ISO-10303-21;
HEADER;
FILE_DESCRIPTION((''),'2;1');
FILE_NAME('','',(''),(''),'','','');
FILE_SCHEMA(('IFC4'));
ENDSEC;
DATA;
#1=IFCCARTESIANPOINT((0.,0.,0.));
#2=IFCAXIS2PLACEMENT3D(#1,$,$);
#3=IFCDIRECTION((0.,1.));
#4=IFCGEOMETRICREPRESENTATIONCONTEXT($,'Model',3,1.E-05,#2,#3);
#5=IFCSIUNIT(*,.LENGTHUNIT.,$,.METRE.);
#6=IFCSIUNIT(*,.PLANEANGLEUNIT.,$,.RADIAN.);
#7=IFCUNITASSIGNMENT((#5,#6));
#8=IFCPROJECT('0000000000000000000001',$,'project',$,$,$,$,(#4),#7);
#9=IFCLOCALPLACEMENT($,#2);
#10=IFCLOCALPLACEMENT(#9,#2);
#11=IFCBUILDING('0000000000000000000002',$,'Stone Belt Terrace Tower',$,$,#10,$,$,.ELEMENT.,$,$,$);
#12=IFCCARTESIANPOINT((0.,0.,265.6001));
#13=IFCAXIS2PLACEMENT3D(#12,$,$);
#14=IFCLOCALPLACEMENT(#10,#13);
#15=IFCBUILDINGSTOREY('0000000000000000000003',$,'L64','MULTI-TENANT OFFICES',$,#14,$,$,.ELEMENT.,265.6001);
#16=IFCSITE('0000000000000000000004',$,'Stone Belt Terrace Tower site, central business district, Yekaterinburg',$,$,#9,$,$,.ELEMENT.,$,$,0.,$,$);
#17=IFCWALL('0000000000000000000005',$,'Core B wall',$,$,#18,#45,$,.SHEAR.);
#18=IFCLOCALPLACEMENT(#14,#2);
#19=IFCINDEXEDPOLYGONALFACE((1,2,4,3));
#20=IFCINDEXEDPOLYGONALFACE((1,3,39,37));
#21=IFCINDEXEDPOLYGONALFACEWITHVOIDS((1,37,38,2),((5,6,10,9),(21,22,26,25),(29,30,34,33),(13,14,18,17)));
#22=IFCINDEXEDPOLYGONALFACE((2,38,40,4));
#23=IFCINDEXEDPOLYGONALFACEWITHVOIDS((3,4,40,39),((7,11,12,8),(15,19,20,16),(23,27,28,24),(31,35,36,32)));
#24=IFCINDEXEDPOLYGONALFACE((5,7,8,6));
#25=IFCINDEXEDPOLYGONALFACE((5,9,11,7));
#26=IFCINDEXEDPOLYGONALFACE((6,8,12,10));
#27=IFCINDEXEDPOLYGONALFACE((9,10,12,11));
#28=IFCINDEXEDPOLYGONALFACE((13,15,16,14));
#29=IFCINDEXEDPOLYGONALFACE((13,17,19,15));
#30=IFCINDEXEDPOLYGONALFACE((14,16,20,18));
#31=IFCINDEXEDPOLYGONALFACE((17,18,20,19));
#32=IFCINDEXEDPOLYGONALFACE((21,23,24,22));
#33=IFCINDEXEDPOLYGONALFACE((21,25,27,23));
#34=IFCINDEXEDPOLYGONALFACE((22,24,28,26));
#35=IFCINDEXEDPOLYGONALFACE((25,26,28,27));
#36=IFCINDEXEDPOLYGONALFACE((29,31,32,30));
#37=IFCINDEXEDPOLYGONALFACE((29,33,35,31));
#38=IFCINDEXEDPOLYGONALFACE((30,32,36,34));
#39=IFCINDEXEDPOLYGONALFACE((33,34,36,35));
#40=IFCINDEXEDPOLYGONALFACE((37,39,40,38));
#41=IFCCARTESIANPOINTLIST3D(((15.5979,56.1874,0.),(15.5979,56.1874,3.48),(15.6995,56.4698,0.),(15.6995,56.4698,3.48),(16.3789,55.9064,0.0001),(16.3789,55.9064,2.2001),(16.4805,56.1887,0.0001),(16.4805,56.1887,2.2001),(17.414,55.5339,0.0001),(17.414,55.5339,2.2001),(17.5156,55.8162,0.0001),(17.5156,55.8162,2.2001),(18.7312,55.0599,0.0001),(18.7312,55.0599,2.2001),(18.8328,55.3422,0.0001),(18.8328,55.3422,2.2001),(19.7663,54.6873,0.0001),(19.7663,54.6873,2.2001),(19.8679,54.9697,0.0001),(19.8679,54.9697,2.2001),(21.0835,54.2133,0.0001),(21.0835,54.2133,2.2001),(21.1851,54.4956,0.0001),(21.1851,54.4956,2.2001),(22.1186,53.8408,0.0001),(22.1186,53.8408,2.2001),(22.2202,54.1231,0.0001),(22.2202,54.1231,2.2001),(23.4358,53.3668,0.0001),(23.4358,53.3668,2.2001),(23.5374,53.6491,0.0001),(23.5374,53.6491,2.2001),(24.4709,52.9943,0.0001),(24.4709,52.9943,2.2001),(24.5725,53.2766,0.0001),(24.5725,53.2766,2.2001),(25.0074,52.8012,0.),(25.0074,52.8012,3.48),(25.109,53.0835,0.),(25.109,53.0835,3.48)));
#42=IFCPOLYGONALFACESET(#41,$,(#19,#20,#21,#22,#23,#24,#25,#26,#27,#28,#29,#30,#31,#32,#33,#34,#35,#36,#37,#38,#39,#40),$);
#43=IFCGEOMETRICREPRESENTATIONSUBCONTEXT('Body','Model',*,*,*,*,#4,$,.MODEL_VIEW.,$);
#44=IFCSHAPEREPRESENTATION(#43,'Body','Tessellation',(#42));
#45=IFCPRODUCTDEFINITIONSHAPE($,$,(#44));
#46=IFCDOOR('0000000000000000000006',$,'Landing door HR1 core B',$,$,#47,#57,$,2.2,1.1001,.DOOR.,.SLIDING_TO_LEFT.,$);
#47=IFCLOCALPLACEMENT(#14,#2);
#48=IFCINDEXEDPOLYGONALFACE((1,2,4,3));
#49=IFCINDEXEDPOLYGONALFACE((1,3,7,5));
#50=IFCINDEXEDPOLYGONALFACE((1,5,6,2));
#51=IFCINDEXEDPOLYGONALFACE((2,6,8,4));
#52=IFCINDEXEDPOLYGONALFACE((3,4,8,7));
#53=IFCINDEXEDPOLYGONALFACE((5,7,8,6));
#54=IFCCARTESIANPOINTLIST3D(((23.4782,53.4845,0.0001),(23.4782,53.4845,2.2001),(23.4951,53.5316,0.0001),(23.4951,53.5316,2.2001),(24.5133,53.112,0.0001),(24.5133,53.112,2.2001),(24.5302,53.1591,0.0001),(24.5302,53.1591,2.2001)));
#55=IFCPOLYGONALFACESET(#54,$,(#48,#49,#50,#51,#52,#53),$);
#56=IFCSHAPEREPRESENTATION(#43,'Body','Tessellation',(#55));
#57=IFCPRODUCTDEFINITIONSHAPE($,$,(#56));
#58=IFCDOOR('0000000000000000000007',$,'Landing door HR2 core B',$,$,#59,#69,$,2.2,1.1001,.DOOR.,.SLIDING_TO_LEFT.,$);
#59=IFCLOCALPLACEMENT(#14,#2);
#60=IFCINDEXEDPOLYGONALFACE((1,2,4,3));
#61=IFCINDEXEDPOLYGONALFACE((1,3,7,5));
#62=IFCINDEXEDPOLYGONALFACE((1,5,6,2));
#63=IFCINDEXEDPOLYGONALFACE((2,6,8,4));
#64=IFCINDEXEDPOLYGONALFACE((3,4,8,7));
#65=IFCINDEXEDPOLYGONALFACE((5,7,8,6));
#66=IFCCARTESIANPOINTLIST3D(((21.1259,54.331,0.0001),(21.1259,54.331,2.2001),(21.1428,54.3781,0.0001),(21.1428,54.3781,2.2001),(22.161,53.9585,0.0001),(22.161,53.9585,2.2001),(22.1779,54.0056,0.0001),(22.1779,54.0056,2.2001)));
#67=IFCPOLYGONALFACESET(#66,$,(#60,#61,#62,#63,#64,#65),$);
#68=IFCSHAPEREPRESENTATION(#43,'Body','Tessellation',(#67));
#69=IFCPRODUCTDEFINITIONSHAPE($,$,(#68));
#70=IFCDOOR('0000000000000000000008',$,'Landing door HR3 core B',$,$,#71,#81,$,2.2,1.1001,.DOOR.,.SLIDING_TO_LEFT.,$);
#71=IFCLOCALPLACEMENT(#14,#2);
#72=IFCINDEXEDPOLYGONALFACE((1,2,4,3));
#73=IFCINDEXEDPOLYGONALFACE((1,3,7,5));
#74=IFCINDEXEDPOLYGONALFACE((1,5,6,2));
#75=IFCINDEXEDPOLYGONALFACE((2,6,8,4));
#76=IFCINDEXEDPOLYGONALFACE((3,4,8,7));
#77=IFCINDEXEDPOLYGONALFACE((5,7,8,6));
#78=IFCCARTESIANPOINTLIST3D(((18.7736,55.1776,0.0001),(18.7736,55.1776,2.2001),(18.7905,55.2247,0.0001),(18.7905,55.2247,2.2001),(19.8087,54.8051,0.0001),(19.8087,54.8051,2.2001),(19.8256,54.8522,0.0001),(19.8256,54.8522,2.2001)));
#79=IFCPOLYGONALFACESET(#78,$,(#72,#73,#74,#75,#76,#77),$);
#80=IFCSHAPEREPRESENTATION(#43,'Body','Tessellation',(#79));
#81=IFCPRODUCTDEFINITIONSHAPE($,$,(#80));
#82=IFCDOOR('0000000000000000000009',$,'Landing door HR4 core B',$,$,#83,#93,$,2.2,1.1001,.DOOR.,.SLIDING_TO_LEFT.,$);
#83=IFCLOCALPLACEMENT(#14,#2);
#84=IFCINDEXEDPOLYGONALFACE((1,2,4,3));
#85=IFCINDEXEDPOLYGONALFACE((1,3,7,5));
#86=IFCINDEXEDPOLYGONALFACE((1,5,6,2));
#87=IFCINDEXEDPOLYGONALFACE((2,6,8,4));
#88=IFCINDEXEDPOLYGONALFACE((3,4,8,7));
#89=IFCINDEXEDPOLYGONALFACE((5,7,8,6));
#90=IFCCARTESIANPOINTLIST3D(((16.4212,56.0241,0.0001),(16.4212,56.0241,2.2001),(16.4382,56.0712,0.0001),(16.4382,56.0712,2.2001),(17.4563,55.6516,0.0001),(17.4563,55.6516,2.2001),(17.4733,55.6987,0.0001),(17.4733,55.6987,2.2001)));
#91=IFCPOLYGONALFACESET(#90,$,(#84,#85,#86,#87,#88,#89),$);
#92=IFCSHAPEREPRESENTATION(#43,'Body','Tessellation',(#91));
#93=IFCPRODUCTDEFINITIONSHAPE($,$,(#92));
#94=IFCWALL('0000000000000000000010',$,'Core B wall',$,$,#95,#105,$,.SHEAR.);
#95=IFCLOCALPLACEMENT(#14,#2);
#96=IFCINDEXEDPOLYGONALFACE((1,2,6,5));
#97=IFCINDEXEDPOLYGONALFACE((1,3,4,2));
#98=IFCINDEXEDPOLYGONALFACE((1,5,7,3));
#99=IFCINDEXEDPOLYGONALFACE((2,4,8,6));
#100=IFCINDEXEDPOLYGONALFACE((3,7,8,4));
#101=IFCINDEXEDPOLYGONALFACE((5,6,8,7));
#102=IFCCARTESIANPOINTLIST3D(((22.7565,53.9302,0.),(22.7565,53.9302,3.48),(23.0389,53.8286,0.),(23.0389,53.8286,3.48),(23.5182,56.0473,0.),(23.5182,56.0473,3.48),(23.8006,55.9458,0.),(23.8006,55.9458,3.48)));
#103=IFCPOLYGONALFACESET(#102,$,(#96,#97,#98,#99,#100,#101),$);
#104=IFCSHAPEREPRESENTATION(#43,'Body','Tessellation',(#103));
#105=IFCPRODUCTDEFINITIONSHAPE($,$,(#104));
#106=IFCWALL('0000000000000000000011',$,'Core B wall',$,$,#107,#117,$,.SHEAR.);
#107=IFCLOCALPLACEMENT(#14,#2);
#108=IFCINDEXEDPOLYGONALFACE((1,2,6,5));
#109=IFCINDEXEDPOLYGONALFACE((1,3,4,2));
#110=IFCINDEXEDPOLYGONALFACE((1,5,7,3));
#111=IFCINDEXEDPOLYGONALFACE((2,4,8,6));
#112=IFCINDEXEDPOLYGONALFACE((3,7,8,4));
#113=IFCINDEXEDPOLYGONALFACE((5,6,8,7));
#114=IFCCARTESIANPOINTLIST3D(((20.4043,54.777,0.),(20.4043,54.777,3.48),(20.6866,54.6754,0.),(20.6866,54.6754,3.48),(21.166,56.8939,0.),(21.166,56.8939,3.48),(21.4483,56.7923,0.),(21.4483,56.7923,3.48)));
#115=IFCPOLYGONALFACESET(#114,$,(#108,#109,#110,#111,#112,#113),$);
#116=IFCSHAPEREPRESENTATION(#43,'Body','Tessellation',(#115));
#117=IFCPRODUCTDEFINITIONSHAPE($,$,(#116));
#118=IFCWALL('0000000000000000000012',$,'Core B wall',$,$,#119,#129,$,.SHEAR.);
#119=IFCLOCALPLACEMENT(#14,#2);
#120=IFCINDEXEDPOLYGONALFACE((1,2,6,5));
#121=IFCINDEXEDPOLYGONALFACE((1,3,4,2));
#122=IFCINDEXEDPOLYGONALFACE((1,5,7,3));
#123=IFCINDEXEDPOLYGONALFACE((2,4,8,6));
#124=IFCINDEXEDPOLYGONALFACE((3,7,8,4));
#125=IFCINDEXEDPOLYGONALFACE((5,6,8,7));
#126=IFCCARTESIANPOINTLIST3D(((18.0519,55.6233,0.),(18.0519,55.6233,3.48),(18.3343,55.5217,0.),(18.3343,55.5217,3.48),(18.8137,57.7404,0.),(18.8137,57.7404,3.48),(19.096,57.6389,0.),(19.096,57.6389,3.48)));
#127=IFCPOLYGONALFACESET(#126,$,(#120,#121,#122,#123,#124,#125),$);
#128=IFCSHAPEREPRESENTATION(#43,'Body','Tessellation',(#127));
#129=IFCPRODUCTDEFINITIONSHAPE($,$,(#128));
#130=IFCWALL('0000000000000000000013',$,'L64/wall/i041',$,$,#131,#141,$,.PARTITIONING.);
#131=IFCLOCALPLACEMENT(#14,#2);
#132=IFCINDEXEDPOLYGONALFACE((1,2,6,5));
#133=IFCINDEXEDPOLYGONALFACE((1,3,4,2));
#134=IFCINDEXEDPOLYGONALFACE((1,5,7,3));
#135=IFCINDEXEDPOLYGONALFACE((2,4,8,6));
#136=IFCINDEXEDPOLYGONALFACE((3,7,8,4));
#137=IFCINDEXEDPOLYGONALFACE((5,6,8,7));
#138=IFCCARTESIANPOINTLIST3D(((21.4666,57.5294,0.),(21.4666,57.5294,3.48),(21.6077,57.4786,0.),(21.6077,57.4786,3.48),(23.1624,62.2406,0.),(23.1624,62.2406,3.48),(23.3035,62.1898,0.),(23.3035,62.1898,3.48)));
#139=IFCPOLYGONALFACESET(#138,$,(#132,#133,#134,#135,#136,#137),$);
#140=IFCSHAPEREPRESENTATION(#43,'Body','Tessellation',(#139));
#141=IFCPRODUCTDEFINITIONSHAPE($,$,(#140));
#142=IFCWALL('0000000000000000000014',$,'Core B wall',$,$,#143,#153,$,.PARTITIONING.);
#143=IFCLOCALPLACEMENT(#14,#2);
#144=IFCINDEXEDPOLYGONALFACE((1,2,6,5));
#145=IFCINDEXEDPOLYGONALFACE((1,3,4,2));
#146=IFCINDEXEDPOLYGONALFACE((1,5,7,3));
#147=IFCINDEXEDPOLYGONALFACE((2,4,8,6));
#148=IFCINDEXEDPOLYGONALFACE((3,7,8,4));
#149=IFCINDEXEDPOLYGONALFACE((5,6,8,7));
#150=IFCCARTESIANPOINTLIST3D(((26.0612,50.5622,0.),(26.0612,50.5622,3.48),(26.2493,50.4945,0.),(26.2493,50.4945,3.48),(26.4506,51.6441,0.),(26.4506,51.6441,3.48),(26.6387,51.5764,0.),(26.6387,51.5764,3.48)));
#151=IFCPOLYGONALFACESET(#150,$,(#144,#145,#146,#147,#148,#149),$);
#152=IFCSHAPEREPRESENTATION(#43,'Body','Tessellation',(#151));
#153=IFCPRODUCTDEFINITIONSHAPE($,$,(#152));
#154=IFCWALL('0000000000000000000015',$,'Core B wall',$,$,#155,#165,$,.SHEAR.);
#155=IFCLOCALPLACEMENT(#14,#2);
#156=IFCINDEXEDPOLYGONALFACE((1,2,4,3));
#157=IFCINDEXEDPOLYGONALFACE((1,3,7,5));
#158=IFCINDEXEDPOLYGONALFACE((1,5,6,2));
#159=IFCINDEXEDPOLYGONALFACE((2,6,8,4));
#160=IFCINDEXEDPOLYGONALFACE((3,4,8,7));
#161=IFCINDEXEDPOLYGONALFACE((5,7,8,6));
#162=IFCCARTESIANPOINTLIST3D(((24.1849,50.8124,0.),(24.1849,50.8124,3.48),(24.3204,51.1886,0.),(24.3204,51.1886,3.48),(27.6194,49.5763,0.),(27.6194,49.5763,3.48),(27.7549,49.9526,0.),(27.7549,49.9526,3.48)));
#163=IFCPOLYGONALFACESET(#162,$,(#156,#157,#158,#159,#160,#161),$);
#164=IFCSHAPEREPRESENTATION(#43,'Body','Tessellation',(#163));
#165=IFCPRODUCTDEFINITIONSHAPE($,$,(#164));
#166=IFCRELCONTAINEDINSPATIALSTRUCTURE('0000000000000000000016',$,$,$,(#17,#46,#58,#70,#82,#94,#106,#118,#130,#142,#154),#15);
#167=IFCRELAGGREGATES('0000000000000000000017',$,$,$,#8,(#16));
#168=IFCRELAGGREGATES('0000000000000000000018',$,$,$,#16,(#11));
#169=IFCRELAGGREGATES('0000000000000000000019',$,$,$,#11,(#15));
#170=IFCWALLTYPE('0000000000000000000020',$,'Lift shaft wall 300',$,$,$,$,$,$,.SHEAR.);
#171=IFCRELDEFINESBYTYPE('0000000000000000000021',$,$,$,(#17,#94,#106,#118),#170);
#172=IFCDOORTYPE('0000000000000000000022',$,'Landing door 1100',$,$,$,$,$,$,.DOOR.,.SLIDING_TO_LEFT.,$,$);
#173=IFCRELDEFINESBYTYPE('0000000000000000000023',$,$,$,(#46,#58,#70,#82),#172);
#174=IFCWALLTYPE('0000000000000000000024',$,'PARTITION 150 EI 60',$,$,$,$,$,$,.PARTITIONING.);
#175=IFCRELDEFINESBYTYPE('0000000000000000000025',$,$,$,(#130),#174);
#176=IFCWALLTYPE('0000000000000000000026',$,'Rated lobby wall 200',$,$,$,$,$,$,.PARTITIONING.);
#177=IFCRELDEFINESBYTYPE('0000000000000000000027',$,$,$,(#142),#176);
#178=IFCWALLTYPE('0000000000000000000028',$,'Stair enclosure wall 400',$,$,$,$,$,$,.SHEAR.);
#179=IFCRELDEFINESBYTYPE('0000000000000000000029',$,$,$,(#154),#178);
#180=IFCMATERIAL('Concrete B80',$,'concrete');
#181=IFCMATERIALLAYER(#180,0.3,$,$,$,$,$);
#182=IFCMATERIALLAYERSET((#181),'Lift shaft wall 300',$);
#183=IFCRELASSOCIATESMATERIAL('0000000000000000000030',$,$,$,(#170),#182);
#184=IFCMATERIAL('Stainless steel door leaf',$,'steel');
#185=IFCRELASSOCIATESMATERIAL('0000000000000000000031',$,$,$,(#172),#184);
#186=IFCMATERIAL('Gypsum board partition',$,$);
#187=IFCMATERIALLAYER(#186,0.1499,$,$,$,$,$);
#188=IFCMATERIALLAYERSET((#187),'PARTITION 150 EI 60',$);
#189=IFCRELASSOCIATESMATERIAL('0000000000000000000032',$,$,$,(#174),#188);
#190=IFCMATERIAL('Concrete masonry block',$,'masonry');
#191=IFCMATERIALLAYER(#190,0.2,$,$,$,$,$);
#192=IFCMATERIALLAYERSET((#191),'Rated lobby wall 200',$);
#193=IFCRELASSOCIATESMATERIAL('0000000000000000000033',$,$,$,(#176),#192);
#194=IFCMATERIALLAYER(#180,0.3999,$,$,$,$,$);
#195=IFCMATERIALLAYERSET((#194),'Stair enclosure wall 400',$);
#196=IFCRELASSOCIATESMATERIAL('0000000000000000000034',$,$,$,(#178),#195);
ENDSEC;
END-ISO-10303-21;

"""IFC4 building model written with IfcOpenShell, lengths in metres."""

from ifc_helpers import new_model, si_unit, direction, frame, frame_2d, origin, place, context, subcontext, project, spatial, rectangle, extrude, material, layer, layer_set, type_object, element, fill, save


model = new_model("IFC4")

# Units and contexts
model_context = context("Model", 3, precision=1e-05, world=origin(), true_north=direction((0.0, 1.0)))
body_context = subcontext(model_context, "Body", "Model", "MODEL_VIEW")
ifc_project = project(units=[si_unit("LENGTHUNIT", "METRE"), si_unit("PLANEANGLEUNIT", "RADIAN")], contexts=[model_context])

# Site, building, storey
site_placement = place(None, origin())
site = spatial("IfcSite", under=ifc_project, at=site_placement, Name="Stone Belt Terrace Tower site, central business district, Yekaterinburg", CompositionType="ELEMENT", RefElevation=0.0)
building_placement = place(site_placement, origin())
building = spatial("IfcBuilding", under=site, at=building_placement, Name="Stone Belt Terrace Tower", CompositionType="ELEMENT")
storey_placement = place(building_placement, frame((0.0, 0.0, 265.6001)))
storey = spatial("IfcBuildingStorey", under=building, at=storey_placement, Name="L64", Description="MULTI-TENANT OFFICES", CompositionType="ELEMENT", Elevation=265.6001)

# Shared definitions
ifc_material_1 = material(Name="Concrete B80", Category="concrete")
ifc_layer_1 = layer(ifc_material_1, 0.3)
ifc_layer_set_1 = layer_set([ifc_layer_1], Name="Lift shaft wall 300")
wall_type_1 = type_object("IfcWallType", Name="Lift shaft wall 300", PredefinedType="SHEAR", material=ifc_layer_set_1)

# Wall, openings, doors
wall_1_placement = place(storey_placement, frame((25.0581, 52.9424, 0.0), z_axis=(0.0, 0.0, 1.0), x_axis=(-0.940924, 0.338617, 0.0)))
wall_1 = element("IfcWall", 1, at=wall_1_placement, inside=storey, type_object=wall_type_1, Name="Core B wall", PredefinedType="SHEAR", context=body_context, shape_type="SweptSolid", body=[
    extrude(rectangle(XDim=10.0002, YDim=0.3, at=frame_2d((5.0, 0.0))), origin(), (0.0, 0.0, 1.0), 3.48),
])
opening_1_placement = place(wall_1_placement, frame((0.5701, 0.0, 0.0)))
opening_1 = element("IfcOpeningElement", 2, at=opening_1_placement, cuts=wall_1, PredefinedType="OPENING", context=body_context, shape_type="SweptSolid", body=[
    extrude(rectangle(XDim=1.1001, YDim=2.2, at=frame_2d((0.55, 1.1001))), frame((0.0, 0.1599, 0.0), z_axis=(0.0, -1.0, 0.0), x_axis=(1.0, 0.0, 0.0)), (0.0, 0.0, 1.0), 0.3201),
])
opening_2_placement = place(wall_1_placement, frame((3.0701, 0.0, 0.0)))
opening_2 = element("IfcOpeningElement", 3, at=opening_2_placement, cuts=wall_1, PredefinedType="OPENING", context=body_context, shape_type="SweptSolid", body=[
    extrude(rectangle(XDim=1.1001, YDim=2.2, at=frame_2d((0.55, 1.1001))), frame((0.0, 0.1599, 0.0), z_axis=(0.0, -1.0, 0.0), x_axis=(1.0, 0.0, 0.0)), (0.0, 0.0, 1.0), 0.3201),
])
opening_3_placement = place(wall_1_placement, frame((5.5701, 0.0, 0.0)))
opening_3 = element("IfcOpeningElement", 4, at=opening_3_placement, cuts=wall_1, PredefinedType="OPENING", context=body_context, shape_type="SweptSolid", body=[
    extrude(rectangle(XDim=1.1001, YDim=2.2, at=frame_2d((0.55, 1.1001))), frame((0.0, 0.1599, 0.0), z_axis=(0.0, -1.0, 0.0), x_axis=(1.0, 0.0, 0.0)), (0.0, 0.0, 1.0), 0.3201),
])
opening_4_placement = place(wall_1_placement, frame((8.0701, 0.0, 0.0)))
opening_4 = element("IfcOpeningElement", 5, at=opening_4_placement, cuts=wall_1, PredefinedType="OPENING", context=body_context, shape_type="SweptSolid", body=[
    extrude(rectangle(XDim=1.1001, YDim=2.2, at=frame_2d((0.55, 1.1001))), frame((0.0, 0.1599, 0.0), z_axis=(0.0, -1.0, 0.0), x_axis=(1.0, 0.0, 0.0)), (0.0, 0.0, 1.0), 0.3201),
])
ifc_material_2 = material(Name="Stainless steel door leaf", Category="steel")
door_type_1 = type_object("IfcDoorType", Name="Landing door 1100", OperationType="SLIDING_TO_LEFT", PredefinedType="DOOR", material=ifc_material_2)
door_1_placement = place(opening_1_placement, origin())
door_1 = element("IfcDoor", 6, at=door_1_placement, inside=storey, type_object=door_type_1, Name="Landing door HR1 core B", OperationType="SLIDING_TO_LEFT", OverallHeight=2.2, OverallWidth=1.1001, PredefinedType="DOOR", context=body_context, shape_type="SweptSolid", body=[
    extrude(rectangle(XDim=1.1001, YDim=2.2, at=frame_2d((0.55, 1.1001))), frame((0.0, 0.0249, 0.0), z_axis=(0.0, -1.0, 0.0), x_axis=(1.0, 0.0, 0.0)), (0.0, 0.0, 1.0), 0.05),
])
fill(opening_1, door_1)
door_2_placement = place(opening_2_placement, origin())
door_2 = element("IfcDoor", 7, at=door_2_placement, inside=storey, type_object=door_type_1, Name="Landing door HR2 core B", OperationType="SLIDING_TO_LEFT", OverallHeight=2.2, OverallWidth=1.1001, PredefinedType="DOOR", context=body_context, shape_type="SweptSolid", body=[
    extrude(rectangle(XDim=1.1001, YDim=2.2, at=frame_2d((0.55, 1.1001))), frame((0.0, 0.0249, 0.0), z_axis=(0.0, -1.0, 0.0), x_axis=(1.0, 0.0, 0.0)), (0.0, 0.0, 1.0), 0.05),
])
fill(opening_2, door_2)
door_3_placement = place(opening_3_placement, origin())
door_3 = element("IfcDoor", 8, at=door_3_placement, inside=storey, type_object=door_type_1, Name="Landing door HR3 core B", OperationType="SLIDING_TO_LEFT", OverallHeight=2.2, OverallWidth=1.1001, PredefinedType="DOOR", context=body_context, shape_type="SweptSolid", body=[
    extrude(rectangle(XDim=1.1001, YDim=2.2, at=frame_2d((0.55, 1.1001))), frame((0.0, 0.0249, 0.0), z_axis=(0.0, -1.0, 0.0), x_axis=(1.0, 0.0, 0.0)), (0.0, 0.0, 1.0), 0.05),
])
fill(opening_3, door_3)
door_4_placement = place(opening_4_placement, origin())
door_4 = element("IfcDoor", 9, at=door_4_placement, inside=storey, type_object=door_type_1, Name="Landing door HR4 core B", OperationType="SLIDING_TO_LEFT", OverallHeight=2.2, OverallWidth=1.1001, PredefinedType="DOOR", context=body_context, shape_type="SweptSolid", body=[
    extrude(rectangle(XDim=1.1001, YDim=2.2, at=frame_2d((0.55, 1.1001))), frame((0.0, 0.0249, 0.0), z_axis=(0.0, -1.0, 0.0), x_axis=(1.0, 0.0, 0.0)), (0.0, 0.0, 1.0), 0.05),
])
fill(opening_4, door_4)

# Walls
wall_2_placement = place(storey_placement, frame((22.8977, 53.8794, 0.0), z_axis=(0.0, 0.0, 1.0), x_axis=(0.338535, 0.940954, 0.0)))
element("IfcWall", 10, at=wall_2_placement, inside=storey, type_object=wall_type_1, Name="Core B wall", PredefinedType="SHEAR", context=body_context, shape_type="SweptSolid", body=[
    extrude(rectangle(XDim=2.25, YDim=0.3, at=frame_2d((1.125, 0.0))), origin(), (0.0, 0.0, 1.0), 3.48),
])
wall_3_placement = place(storey_placement, frame((20.5454, 54.7261, 0.0), z_axis=(0.0, 0.0, 1.0), x_axis=(0.33857, 0.940941, 0.0)))
element("IfcWall", 11, at=wall_3_placement, inside=storey, type_object=wall_type_1, Name="Core B wall", PredefinedType="SHEAR", context=body_context, shape_type="SweptSolid", body=[
    extrude(rectangle(XDim=2.2498, YDim=0.3, at=frame_2d((1.125, 0.0))), origin(), (0.0, 0.0, 1.0), 3.48),
])
wall_4_placement = place(storey_placement, frame((18.1931, 55.5725, 0.0), z_axis=(0.0, 0.0, 1.0), x_axis=(0.338535, 0.940954, 0.0)))
element("IfcWall", 12, at=wall_4_placement, inside=storey, type_object=wall_type_1, Name="Core B wall", PredefinedType="SHEAR", context=body_context, shape_type="SweptSolid", body=[
    extrude(rectangle(XDim=2.25, YDim=0.3, at=frame_2d((1.125, 0.0))), origin(), (0.0, 0.0, 1.0), 3.48),
])
ifc_material_3 = material(Name="Gypsum board partition")
ifc_layer_2 = layer(ifc_material_3, 0.1499)
ifc_layer_set_2 = layer_set([ifc_layer_2], Name="PARTITION 150 EI 60")
wall_type_2 = type_object("IfcWallType", Name="PARTITION 150 EI 60", PredefinedType="PARTITIONING", material=ifc_layer_set_2)
wall_5_placement = place(storey_placement, frame((23.2329, 62.2151, 0.0), z_axis=(0.0, 0.0, 1.0), x_axis=(-0.33868, -0.940902, 0.0)))
element("IfcWall", 13, at=wall_5_placement, inside=storey, type_object=wall_type_2, Name="L64/wall/i041", PredefinedType="PARTITIONING", context=body_context, shape_type="SweptSolid", body=[
    extrude(rectangle(XDim=5.0071, YDim=0.1499, at=frame_2d((2.5034, 0.0))), origin(), (0.0, 0.0, 1.0), 3.48),
])
ifc_material_4 = material(Name="Concrete masonry block", Category="masonry")
ifc_layer_3 = layer(ifc_material_4, 0.2)
ifc_layer_set_3 = layer_set([ifc_layer_3], Name="Rated lobby wall 200")
wall_type_3 = type_object("IfcWallType", Name="Rated lobby wall 200", PredefinedType="PARTITIONING", material=ifc_layer_set_3)
wall_6_placement = place(storey_placement, frame((26.1553, 50.5283, 0.0), z_axis=(0.0, 0.0, 1.0), x_axis=(0.338622, 0.940923, 0.0)))
element("IfcWall", 14, at=wall_6_placement, inside=storey, type_object=wall_type_3, Name="Core B wall", PredefinedType="PARTITIONING", context=body_context, shape_type="SweptSolid", body=[
    extrude(rectangle(XDim=1.1499, YDim=0.2, at=frame_2d((0.575, 0.0))), origin(), (0.0, 0.0, 1.0), 3.48),
])
ifc_layer_4 = layer(ifc_material_1, 0.3999)
ifc_layer_set_4 = layer_set([ifc_layer_4], Name="Stair enclosure wall 400")
wall_type_4 = type_object("IfcWallType", Name="Stair enclosure wall 400", PredefinedType="SHEAR", material=ifc_layer_set_4)
wall_7_placement = place(storey_placement, frame((27.6873, 49.7644, 0.0), z_axis=(0.0, 0.0, 1.0), x_axis=(-0.940919, 0.338632, 0.0)))
element("IfcWall", 15, at=wall_7_placement, inside=storey, type_object=wall_type_4, Name="Core B wall", PredefinedType="SHEAR", context=body_context, shape_type="SweptSolid", body=[
    extrude(rectangle(XDim=3.6501, YDim=0.3999, at=frame_2d((1.8252, 0.0))), origin(), (0.0, 0.0, 1.0), 3.48),
])

save(model, "model.ifc")
